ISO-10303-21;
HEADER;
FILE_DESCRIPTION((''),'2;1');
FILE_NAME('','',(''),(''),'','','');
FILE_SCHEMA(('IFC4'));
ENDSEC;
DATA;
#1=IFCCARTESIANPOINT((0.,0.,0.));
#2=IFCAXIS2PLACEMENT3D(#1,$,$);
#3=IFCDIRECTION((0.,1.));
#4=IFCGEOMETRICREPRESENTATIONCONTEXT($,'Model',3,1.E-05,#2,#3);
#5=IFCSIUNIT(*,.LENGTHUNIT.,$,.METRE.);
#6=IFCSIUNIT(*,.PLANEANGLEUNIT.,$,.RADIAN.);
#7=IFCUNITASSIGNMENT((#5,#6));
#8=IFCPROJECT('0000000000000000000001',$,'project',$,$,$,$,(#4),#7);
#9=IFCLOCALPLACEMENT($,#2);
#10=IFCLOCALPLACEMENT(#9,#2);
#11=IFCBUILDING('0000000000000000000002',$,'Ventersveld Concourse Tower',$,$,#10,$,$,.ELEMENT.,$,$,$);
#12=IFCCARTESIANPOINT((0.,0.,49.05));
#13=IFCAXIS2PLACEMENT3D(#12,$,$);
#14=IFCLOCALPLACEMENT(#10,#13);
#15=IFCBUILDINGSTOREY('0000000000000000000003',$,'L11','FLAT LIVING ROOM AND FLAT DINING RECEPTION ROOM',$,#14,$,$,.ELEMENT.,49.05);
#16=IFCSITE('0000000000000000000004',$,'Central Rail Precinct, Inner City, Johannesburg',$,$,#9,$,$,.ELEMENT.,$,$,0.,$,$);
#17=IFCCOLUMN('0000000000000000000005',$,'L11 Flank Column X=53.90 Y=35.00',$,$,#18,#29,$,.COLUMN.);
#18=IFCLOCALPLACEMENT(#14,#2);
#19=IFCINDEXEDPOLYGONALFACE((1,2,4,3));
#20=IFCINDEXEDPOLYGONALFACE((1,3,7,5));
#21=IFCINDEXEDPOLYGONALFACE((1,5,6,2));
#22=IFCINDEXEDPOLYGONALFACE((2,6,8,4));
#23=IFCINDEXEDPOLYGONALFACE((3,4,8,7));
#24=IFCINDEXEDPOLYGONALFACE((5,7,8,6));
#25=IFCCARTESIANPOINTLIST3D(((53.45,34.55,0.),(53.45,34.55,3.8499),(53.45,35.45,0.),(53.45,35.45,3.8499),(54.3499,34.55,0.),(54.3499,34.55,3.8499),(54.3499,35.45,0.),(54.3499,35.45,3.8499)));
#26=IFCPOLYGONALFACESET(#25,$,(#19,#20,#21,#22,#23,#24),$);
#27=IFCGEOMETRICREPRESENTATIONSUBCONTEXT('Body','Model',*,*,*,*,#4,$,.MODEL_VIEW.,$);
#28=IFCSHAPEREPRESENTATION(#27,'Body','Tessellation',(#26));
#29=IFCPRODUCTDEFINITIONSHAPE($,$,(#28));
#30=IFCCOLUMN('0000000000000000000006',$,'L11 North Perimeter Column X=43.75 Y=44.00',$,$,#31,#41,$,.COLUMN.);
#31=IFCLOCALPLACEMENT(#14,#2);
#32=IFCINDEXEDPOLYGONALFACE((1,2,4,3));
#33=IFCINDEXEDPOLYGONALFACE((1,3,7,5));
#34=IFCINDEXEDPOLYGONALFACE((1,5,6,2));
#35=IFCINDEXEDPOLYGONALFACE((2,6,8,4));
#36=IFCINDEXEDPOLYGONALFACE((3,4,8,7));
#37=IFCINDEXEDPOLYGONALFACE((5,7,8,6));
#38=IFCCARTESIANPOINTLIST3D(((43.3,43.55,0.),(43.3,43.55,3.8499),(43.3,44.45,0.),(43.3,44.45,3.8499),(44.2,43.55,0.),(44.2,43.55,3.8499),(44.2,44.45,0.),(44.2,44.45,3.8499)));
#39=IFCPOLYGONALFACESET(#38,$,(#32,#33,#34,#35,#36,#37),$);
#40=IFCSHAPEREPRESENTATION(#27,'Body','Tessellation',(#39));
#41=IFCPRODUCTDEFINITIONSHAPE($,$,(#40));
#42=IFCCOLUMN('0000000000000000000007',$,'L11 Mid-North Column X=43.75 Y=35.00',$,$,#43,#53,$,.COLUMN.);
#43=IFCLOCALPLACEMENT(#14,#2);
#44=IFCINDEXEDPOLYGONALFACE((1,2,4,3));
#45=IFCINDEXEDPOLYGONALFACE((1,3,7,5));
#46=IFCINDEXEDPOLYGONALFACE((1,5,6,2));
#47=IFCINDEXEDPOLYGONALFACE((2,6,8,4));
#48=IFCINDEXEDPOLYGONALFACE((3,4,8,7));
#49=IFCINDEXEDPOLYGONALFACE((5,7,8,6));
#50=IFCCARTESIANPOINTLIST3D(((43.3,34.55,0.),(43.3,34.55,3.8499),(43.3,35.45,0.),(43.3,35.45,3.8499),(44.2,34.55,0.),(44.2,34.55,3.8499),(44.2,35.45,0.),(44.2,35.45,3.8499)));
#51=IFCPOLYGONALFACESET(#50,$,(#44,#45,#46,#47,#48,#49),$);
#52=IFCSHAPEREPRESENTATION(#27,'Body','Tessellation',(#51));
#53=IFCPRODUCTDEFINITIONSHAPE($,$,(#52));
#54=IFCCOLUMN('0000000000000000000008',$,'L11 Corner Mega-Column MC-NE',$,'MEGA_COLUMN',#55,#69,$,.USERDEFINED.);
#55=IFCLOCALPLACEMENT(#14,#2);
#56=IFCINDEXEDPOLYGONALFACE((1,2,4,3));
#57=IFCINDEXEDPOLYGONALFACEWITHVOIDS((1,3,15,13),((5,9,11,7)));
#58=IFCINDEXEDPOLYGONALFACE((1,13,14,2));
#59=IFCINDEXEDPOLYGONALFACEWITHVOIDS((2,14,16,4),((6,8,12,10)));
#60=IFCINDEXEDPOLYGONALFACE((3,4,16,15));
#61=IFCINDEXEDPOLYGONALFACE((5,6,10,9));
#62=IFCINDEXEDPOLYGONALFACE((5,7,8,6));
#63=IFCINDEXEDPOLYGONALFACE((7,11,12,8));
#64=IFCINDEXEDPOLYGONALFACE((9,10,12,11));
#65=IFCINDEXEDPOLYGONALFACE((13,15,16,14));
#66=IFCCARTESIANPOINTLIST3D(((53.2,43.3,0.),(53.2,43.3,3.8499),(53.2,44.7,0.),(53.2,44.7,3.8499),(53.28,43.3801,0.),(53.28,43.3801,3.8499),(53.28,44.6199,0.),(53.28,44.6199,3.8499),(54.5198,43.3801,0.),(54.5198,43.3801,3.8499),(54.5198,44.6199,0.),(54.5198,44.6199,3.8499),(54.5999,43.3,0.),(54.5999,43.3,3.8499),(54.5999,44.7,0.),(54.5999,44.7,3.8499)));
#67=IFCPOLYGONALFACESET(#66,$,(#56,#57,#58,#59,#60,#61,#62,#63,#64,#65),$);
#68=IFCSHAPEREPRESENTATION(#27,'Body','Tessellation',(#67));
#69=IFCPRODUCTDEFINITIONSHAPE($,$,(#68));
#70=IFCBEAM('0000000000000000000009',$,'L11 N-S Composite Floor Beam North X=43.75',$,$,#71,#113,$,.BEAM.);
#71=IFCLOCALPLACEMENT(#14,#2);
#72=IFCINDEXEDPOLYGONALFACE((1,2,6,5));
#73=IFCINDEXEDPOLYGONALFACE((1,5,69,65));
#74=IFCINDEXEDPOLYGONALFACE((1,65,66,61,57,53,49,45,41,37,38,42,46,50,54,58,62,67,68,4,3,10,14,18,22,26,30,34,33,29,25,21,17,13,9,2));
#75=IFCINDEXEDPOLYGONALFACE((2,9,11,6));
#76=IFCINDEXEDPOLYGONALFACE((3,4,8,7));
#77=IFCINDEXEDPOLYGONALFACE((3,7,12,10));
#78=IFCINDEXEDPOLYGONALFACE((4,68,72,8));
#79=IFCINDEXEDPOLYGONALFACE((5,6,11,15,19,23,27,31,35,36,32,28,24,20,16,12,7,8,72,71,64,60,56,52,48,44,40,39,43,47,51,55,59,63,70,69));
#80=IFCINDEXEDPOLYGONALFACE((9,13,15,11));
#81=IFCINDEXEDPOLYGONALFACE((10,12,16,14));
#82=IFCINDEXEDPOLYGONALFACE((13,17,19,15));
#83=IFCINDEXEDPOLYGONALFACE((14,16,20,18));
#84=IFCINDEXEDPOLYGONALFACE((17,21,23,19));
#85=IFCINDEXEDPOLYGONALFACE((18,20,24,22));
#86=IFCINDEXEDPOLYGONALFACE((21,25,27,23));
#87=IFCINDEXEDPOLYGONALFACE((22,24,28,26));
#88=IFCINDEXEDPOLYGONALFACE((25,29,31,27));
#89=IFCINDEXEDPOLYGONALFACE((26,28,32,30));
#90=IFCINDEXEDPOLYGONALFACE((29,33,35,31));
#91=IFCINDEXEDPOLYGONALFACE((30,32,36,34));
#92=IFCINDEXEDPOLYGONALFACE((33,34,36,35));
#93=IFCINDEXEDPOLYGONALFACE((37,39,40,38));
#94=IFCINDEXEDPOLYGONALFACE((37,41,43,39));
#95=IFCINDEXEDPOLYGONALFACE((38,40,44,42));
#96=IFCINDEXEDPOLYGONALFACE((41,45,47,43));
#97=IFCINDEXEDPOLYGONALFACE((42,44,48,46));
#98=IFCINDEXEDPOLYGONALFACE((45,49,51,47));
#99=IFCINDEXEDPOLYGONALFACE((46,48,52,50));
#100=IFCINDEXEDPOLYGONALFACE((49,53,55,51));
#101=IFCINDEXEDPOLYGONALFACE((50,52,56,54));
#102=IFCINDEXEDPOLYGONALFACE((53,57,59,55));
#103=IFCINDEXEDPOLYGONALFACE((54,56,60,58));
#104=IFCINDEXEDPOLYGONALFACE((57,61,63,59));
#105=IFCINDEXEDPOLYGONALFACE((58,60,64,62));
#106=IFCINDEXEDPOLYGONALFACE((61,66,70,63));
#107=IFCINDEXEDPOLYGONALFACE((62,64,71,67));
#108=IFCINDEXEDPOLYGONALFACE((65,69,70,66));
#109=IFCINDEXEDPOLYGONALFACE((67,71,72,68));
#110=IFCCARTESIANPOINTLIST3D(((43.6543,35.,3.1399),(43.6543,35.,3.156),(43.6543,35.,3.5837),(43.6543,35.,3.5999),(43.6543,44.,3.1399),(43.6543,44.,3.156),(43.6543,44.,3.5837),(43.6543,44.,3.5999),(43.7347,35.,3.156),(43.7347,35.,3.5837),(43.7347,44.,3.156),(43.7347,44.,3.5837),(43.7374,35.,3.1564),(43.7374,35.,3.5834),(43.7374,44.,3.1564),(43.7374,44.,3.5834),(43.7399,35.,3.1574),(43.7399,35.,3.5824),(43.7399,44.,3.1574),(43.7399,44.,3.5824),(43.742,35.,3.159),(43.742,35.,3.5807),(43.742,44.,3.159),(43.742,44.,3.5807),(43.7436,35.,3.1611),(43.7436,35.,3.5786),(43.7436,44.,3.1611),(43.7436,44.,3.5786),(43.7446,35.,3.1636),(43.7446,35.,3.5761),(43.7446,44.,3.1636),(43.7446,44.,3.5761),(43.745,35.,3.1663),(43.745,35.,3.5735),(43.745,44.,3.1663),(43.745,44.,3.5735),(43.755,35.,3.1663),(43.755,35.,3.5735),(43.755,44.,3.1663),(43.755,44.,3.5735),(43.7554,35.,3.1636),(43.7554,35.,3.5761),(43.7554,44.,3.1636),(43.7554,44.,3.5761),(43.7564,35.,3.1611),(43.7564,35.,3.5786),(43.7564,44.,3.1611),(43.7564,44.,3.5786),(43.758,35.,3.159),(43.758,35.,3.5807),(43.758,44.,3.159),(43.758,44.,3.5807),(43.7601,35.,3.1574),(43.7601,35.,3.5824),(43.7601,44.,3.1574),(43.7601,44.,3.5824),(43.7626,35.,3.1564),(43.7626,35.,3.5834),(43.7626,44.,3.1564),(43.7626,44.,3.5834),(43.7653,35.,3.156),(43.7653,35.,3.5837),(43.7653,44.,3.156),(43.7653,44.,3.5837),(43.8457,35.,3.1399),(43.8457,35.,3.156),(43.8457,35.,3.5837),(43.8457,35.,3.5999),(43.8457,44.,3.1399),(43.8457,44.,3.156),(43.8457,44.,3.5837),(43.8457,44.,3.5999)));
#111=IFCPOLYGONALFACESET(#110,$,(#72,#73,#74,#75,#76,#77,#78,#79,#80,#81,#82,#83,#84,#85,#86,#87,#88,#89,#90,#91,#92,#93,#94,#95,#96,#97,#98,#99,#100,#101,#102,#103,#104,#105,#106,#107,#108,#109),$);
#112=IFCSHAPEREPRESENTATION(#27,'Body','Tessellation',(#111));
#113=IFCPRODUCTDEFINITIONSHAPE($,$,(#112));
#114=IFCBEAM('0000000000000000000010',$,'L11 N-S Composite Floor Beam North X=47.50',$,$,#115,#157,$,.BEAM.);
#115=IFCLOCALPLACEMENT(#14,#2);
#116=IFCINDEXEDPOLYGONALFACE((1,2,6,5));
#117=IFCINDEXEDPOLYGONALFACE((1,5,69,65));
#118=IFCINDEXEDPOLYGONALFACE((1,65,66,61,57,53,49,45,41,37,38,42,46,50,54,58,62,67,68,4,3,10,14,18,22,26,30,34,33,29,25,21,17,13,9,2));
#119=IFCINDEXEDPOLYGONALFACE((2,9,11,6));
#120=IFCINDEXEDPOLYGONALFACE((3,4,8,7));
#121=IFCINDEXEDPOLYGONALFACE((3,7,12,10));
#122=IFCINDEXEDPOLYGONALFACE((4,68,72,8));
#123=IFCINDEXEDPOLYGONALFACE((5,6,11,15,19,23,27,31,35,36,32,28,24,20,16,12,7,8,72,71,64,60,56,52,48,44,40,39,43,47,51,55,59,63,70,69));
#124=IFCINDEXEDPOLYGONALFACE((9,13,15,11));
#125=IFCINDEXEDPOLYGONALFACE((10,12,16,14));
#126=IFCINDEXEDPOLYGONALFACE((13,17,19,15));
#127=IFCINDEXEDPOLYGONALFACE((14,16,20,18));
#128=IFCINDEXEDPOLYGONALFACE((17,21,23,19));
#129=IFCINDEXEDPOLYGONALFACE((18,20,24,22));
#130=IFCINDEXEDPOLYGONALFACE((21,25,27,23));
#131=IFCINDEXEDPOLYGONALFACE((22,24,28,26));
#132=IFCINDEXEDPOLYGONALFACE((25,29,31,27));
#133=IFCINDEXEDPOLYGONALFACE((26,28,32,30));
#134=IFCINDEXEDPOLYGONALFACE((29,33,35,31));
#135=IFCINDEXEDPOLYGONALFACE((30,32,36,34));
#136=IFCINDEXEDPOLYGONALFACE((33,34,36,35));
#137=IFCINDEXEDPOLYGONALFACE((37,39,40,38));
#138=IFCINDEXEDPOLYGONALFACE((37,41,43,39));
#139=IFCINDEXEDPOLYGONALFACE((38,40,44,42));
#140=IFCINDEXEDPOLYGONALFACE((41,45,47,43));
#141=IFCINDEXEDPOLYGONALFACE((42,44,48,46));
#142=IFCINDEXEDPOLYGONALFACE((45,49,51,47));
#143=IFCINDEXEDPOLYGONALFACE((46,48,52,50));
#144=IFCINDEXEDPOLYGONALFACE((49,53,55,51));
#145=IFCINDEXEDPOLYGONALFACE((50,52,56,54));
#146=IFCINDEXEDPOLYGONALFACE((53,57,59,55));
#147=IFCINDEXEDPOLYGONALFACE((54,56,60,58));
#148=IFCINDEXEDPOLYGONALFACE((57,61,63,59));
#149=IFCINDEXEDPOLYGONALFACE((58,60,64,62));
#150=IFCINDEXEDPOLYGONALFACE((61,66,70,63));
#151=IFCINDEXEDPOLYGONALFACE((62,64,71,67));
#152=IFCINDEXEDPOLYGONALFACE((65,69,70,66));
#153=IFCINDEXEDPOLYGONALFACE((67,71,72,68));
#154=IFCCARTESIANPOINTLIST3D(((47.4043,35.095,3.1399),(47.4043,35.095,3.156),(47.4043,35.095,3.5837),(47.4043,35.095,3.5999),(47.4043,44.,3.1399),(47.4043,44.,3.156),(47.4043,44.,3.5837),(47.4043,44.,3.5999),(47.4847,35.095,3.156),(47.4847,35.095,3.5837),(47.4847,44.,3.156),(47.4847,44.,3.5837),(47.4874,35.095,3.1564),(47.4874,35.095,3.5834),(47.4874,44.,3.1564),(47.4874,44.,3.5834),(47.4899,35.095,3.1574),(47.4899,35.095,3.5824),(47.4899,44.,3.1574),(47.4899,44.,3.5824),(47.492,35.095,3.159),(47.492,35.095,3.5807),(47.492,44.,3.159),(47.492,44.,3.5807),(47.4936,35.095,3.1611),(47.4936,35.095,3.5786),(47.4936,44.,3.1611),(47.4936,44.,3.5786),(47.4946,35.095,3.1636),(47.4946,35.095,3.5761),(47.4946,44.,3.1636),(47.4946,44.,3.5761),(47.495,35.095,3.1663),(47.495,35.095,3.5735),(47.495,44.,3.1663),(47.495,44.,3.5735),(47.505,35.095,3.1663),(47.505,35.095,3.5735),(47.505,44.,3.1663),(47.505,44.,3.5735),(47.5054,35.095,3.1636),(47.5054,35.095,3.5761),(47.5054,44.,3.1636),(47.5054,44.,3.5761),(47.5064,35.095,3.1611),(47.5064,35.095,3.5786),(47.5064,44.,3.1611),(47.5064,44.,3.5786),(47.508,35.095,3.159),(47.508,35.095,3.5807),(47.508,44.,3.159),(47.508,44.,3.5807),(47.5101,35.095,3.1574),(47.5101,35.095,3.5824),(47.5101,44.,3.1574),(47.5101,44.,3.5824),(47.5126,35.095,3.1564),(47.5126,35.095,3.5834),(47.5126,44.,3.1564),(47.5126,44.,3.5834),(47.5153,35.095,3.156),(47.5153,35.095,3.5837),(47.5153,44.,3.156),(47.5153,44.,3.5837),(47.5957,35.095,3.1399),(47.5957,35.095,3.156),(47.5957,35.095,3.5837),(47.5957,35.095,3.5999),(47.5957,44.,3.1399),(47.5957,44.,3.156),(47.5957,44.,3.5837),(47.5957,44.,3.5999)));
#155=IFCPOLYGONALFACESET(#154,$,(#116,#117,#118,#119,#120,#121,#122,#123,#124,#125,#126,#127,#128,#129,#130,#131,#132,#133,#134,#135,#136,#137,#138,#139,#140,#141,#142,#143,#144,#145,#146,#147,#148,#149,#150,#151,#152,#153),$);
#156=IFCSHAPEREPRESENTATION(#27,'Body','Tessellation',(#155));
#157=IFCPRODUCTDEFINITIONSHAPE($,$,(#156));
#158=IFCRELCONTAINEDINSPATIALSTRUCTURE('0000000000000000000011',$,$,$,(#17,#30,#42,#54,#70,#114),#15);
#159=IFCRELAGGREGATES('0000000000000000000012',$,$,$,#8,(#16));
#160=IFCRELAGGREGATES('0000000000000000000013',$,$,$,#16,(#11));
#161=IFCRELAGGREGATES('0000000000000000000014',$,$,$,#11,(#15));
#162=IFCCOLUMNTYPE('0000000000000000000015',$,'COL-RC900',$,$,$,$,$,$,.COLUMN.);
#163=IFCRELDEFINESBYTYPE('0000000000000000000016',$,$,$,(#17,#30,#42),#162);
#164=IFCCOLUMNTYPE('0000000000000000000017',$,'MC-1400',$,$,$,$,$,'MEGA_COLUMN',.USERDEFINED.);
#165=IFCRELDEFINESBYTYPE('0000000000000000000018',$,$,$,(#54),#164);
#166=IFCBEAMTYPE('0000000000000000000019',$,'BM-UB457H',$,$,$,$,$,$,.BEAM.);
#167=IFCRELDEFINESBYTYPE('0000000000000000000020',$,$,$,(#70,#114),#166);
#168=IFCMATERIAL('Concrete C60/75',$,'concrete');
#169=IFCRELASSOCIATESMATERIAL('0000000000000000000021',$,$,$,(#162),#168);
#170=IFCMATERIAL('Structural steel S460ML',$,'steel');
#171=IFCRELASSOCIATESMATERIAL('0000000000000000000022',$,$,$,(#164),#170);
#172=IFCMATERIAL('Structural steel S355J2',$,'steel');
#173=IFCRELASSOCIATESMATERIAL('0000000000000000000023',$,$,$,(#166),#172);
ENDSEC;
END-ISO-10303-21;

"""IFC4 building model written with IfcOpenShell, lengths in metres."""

from ifc_helpers import new_model, si_unit, direction, frame, origin, origin_2d, place, context, subcontext, project, spatial, rectangle, hollow_rectangle, i_section, extrude, material, material_profile, profile_set, type_object, element, save


model = new_model("IFC4")

# Units and contexts
model_context = context("Model", 3, precision=1e-05, world=origin(), true_north=direction((0.0, 1.0)))
body_context = subcontext(model_context, "Body", "Model", "MODEL_VIEW")
ifc_project = project(units=[si_unit("LENGTHUNIT", "METRE"), si_unit("PLANEANGLEUNIT", "RADIAN")], contexts=[model_context])

# Site, building, storey
site_placement = place(None, origin())
site = spatial("IfcSite", under=ifc_project, at=site_placement, Name="Central Rail Precinct, Inner City, Johannesburg", CompositionType="ELEMENT", RefElevation=0.0)
building_placement = place(site_placement, origin())
building = spatial("IfcBuilding", under=site, at=building_placement, Name="Ventersveld Concourse Tower", CompositionType="ELEMENT")
storey_placement = place(building_placement, frame((0.0, 0.0, 49.05)))
storey = spatial("IfcBuildingStorey", under=building, at=storey_placement, Name="L11", Description="FLAT LIVING ROOM AND FLAT DINING RECEPTION ROOM", CompositionType="ELEMENT", Elevation=49.05)

# Columns
ifc_material_1 = material(Name="Concrete C60/75", Category="concrete")
ifc_material_profile_1 = material_profile(ifc_material_1, rectangle(XDim=0.8999, YDim=0.8999, at=origin_2d()), Name="RC 900x900")
ifc_profile_set_1 = profile_set([ifc_material_profile_1], Name="Concrete C60/75")
column_type_1 = type_object("IfcColumnType", Name="COL-RC900", PredefinedType="COLUMN", material=ifc_profile_set_1)
for number, where, z_axis, x_axis, name in (
    (1, (53.8999, 35.0, 0.0), (0.0, 0.0, 1.0), (1.0, 0.0, 0.0), "L11 Flank Column X=53.90 Y=35.00"),
    (2, (43.75, 44.0, 0.0), (0.0, 0.0, 1.0), (1.0, 0.0, 0.0), "L11 North Perimeter Column X=43.75 Y=44.00"),
    (3, (43.75, 35.0, 0.0), (0.0, 0.0, 1.0), (1.0, 0.0, 0.0), "L11 Mid-North Column X=43.75 Y=35.00"),
):
    element("IfcColumn", number, at=place(storey_placement, frame(where, z_axis=z_axis, x_axis=x_axis)), inside=storey, type_object=column_type_1, Name=name, PredefinedType="COLUMN", context=body_context, shape_type="SweptSolid", body=[
        extrude(rectangle(XDim=0.8999, YDim=0.8999, at=origin_2d()), origin(), (0.0, 0.0, 1.0), 3.8499),
    ])
ifc_material_2 = material(Name="Structural steel S460ML", Category="steel")
ifc_material_profile_2 = material_profile(ifc_material_2, hollow_rectangle(XDim=1.3999, YDim=1.3999, WallThickness=0.0801, at=origin_2d()), Name="BOX 1400x1400x80")
ifc_profile_set_2 = profile_set([ifc_material_profile_2], Name="Structural steel S460ML")
column_type_2 = type_object("IfcColumnType", Name="MC-1400", ElementType="MEGA_COLUMN", PredefinedType="USERDEFINED", material=ifc_profile_set_2)
column_placement = place(storey_placement, frame((53.8999, 44.0, 0.0), z_axis=(0.0, 0.0, 1.0), x_axis=(1.0, 0.0, 0.0)))
element("IfcColumn", 4, at=column_placement, inside=storey, type_object=column_type_2, Name="L11 Corner Mega-Column MC-NE", ObjectType="MEGA_COLUMN", PredefinedType="USERDEFINED", context=body_context, shape_type="SweptSolid", body=[
    extrude(hollow_rectangle(XDim=1.3999, YDim=1.3999, WallThickness=0.0801, at=origin_2d()), origin(), (0.0, 0.0, 1.0), 3.8499),
])

# Beams
ifc_material_3 = material(Name="Structural steel S355J2", Category="steel")
ifc_material_profile_3 = material_profile(ifc_material_3, i_section(OverallWidth=0.1914, OverallDepth=0.46, WebThickness=0.01, FlangeThickness=0.0161, FilletRadius=0.0103, at=origin_2d()), Name="UB 457x191x82")
ifc_profile_set_3 = profile_set([ifc_material_profile_3], Name="Structural steel S355J2")
beam_type_1 = type_object("IfcBeamType", Name="BM-UB457H", PredefinedType="BEAM", material=ifc_profile_set_3)
beam_1_placement = place(storey_placement, frame((43.75, 35.0, 3.3699), z_axis=(0.0, 1.0, 0.0), x_axis=(-1.0, 0.0, 0.0)))
element("IfcBeam", 5, at=beam_1_placement, inside=storey, type_object=beam_type_1, Name="L11 N-S Composite Floor Beam North X=43.75", PredefinedType="BEAM", context=body_context, shape_type="SweptSolid", body=[
    extrude(i_section(OverallWidth=0.1914, OverallDepth=0.46, WebThickness=0.01, FlangeThickness=0.0161, FilletRadius=0.0103, at=origin_2d()), origin(), (0.0, 0.0, 1.0), 9.0),
])
beam_2_placement = place(storey_placement, frame((47.5, 35.095, 3.3699), z_axis=(0.0, 1.0, 0.0), x_axis=(-1.0, 0.0, 0.0)))
element("IfcBeam", 6, at=beam_2_placement, inside=storey, type_object=beam_type_1, Name="L11 N-S Composite Floor Beam North X=47.50", PredefinedType="BEAM", context=body_context, shape_type="SweptSolid", body=[
    extrude(i_section(OverallWidth=0.1914, OverallDepth=0.46, WebThickness=0.01, FlangeThickness=0.0161, FilletRadius=0.0103, at=origin_2d()), origin(), (0.0, 0.0, 1.0), 8.905),
])

save(model, "model.ifc")
